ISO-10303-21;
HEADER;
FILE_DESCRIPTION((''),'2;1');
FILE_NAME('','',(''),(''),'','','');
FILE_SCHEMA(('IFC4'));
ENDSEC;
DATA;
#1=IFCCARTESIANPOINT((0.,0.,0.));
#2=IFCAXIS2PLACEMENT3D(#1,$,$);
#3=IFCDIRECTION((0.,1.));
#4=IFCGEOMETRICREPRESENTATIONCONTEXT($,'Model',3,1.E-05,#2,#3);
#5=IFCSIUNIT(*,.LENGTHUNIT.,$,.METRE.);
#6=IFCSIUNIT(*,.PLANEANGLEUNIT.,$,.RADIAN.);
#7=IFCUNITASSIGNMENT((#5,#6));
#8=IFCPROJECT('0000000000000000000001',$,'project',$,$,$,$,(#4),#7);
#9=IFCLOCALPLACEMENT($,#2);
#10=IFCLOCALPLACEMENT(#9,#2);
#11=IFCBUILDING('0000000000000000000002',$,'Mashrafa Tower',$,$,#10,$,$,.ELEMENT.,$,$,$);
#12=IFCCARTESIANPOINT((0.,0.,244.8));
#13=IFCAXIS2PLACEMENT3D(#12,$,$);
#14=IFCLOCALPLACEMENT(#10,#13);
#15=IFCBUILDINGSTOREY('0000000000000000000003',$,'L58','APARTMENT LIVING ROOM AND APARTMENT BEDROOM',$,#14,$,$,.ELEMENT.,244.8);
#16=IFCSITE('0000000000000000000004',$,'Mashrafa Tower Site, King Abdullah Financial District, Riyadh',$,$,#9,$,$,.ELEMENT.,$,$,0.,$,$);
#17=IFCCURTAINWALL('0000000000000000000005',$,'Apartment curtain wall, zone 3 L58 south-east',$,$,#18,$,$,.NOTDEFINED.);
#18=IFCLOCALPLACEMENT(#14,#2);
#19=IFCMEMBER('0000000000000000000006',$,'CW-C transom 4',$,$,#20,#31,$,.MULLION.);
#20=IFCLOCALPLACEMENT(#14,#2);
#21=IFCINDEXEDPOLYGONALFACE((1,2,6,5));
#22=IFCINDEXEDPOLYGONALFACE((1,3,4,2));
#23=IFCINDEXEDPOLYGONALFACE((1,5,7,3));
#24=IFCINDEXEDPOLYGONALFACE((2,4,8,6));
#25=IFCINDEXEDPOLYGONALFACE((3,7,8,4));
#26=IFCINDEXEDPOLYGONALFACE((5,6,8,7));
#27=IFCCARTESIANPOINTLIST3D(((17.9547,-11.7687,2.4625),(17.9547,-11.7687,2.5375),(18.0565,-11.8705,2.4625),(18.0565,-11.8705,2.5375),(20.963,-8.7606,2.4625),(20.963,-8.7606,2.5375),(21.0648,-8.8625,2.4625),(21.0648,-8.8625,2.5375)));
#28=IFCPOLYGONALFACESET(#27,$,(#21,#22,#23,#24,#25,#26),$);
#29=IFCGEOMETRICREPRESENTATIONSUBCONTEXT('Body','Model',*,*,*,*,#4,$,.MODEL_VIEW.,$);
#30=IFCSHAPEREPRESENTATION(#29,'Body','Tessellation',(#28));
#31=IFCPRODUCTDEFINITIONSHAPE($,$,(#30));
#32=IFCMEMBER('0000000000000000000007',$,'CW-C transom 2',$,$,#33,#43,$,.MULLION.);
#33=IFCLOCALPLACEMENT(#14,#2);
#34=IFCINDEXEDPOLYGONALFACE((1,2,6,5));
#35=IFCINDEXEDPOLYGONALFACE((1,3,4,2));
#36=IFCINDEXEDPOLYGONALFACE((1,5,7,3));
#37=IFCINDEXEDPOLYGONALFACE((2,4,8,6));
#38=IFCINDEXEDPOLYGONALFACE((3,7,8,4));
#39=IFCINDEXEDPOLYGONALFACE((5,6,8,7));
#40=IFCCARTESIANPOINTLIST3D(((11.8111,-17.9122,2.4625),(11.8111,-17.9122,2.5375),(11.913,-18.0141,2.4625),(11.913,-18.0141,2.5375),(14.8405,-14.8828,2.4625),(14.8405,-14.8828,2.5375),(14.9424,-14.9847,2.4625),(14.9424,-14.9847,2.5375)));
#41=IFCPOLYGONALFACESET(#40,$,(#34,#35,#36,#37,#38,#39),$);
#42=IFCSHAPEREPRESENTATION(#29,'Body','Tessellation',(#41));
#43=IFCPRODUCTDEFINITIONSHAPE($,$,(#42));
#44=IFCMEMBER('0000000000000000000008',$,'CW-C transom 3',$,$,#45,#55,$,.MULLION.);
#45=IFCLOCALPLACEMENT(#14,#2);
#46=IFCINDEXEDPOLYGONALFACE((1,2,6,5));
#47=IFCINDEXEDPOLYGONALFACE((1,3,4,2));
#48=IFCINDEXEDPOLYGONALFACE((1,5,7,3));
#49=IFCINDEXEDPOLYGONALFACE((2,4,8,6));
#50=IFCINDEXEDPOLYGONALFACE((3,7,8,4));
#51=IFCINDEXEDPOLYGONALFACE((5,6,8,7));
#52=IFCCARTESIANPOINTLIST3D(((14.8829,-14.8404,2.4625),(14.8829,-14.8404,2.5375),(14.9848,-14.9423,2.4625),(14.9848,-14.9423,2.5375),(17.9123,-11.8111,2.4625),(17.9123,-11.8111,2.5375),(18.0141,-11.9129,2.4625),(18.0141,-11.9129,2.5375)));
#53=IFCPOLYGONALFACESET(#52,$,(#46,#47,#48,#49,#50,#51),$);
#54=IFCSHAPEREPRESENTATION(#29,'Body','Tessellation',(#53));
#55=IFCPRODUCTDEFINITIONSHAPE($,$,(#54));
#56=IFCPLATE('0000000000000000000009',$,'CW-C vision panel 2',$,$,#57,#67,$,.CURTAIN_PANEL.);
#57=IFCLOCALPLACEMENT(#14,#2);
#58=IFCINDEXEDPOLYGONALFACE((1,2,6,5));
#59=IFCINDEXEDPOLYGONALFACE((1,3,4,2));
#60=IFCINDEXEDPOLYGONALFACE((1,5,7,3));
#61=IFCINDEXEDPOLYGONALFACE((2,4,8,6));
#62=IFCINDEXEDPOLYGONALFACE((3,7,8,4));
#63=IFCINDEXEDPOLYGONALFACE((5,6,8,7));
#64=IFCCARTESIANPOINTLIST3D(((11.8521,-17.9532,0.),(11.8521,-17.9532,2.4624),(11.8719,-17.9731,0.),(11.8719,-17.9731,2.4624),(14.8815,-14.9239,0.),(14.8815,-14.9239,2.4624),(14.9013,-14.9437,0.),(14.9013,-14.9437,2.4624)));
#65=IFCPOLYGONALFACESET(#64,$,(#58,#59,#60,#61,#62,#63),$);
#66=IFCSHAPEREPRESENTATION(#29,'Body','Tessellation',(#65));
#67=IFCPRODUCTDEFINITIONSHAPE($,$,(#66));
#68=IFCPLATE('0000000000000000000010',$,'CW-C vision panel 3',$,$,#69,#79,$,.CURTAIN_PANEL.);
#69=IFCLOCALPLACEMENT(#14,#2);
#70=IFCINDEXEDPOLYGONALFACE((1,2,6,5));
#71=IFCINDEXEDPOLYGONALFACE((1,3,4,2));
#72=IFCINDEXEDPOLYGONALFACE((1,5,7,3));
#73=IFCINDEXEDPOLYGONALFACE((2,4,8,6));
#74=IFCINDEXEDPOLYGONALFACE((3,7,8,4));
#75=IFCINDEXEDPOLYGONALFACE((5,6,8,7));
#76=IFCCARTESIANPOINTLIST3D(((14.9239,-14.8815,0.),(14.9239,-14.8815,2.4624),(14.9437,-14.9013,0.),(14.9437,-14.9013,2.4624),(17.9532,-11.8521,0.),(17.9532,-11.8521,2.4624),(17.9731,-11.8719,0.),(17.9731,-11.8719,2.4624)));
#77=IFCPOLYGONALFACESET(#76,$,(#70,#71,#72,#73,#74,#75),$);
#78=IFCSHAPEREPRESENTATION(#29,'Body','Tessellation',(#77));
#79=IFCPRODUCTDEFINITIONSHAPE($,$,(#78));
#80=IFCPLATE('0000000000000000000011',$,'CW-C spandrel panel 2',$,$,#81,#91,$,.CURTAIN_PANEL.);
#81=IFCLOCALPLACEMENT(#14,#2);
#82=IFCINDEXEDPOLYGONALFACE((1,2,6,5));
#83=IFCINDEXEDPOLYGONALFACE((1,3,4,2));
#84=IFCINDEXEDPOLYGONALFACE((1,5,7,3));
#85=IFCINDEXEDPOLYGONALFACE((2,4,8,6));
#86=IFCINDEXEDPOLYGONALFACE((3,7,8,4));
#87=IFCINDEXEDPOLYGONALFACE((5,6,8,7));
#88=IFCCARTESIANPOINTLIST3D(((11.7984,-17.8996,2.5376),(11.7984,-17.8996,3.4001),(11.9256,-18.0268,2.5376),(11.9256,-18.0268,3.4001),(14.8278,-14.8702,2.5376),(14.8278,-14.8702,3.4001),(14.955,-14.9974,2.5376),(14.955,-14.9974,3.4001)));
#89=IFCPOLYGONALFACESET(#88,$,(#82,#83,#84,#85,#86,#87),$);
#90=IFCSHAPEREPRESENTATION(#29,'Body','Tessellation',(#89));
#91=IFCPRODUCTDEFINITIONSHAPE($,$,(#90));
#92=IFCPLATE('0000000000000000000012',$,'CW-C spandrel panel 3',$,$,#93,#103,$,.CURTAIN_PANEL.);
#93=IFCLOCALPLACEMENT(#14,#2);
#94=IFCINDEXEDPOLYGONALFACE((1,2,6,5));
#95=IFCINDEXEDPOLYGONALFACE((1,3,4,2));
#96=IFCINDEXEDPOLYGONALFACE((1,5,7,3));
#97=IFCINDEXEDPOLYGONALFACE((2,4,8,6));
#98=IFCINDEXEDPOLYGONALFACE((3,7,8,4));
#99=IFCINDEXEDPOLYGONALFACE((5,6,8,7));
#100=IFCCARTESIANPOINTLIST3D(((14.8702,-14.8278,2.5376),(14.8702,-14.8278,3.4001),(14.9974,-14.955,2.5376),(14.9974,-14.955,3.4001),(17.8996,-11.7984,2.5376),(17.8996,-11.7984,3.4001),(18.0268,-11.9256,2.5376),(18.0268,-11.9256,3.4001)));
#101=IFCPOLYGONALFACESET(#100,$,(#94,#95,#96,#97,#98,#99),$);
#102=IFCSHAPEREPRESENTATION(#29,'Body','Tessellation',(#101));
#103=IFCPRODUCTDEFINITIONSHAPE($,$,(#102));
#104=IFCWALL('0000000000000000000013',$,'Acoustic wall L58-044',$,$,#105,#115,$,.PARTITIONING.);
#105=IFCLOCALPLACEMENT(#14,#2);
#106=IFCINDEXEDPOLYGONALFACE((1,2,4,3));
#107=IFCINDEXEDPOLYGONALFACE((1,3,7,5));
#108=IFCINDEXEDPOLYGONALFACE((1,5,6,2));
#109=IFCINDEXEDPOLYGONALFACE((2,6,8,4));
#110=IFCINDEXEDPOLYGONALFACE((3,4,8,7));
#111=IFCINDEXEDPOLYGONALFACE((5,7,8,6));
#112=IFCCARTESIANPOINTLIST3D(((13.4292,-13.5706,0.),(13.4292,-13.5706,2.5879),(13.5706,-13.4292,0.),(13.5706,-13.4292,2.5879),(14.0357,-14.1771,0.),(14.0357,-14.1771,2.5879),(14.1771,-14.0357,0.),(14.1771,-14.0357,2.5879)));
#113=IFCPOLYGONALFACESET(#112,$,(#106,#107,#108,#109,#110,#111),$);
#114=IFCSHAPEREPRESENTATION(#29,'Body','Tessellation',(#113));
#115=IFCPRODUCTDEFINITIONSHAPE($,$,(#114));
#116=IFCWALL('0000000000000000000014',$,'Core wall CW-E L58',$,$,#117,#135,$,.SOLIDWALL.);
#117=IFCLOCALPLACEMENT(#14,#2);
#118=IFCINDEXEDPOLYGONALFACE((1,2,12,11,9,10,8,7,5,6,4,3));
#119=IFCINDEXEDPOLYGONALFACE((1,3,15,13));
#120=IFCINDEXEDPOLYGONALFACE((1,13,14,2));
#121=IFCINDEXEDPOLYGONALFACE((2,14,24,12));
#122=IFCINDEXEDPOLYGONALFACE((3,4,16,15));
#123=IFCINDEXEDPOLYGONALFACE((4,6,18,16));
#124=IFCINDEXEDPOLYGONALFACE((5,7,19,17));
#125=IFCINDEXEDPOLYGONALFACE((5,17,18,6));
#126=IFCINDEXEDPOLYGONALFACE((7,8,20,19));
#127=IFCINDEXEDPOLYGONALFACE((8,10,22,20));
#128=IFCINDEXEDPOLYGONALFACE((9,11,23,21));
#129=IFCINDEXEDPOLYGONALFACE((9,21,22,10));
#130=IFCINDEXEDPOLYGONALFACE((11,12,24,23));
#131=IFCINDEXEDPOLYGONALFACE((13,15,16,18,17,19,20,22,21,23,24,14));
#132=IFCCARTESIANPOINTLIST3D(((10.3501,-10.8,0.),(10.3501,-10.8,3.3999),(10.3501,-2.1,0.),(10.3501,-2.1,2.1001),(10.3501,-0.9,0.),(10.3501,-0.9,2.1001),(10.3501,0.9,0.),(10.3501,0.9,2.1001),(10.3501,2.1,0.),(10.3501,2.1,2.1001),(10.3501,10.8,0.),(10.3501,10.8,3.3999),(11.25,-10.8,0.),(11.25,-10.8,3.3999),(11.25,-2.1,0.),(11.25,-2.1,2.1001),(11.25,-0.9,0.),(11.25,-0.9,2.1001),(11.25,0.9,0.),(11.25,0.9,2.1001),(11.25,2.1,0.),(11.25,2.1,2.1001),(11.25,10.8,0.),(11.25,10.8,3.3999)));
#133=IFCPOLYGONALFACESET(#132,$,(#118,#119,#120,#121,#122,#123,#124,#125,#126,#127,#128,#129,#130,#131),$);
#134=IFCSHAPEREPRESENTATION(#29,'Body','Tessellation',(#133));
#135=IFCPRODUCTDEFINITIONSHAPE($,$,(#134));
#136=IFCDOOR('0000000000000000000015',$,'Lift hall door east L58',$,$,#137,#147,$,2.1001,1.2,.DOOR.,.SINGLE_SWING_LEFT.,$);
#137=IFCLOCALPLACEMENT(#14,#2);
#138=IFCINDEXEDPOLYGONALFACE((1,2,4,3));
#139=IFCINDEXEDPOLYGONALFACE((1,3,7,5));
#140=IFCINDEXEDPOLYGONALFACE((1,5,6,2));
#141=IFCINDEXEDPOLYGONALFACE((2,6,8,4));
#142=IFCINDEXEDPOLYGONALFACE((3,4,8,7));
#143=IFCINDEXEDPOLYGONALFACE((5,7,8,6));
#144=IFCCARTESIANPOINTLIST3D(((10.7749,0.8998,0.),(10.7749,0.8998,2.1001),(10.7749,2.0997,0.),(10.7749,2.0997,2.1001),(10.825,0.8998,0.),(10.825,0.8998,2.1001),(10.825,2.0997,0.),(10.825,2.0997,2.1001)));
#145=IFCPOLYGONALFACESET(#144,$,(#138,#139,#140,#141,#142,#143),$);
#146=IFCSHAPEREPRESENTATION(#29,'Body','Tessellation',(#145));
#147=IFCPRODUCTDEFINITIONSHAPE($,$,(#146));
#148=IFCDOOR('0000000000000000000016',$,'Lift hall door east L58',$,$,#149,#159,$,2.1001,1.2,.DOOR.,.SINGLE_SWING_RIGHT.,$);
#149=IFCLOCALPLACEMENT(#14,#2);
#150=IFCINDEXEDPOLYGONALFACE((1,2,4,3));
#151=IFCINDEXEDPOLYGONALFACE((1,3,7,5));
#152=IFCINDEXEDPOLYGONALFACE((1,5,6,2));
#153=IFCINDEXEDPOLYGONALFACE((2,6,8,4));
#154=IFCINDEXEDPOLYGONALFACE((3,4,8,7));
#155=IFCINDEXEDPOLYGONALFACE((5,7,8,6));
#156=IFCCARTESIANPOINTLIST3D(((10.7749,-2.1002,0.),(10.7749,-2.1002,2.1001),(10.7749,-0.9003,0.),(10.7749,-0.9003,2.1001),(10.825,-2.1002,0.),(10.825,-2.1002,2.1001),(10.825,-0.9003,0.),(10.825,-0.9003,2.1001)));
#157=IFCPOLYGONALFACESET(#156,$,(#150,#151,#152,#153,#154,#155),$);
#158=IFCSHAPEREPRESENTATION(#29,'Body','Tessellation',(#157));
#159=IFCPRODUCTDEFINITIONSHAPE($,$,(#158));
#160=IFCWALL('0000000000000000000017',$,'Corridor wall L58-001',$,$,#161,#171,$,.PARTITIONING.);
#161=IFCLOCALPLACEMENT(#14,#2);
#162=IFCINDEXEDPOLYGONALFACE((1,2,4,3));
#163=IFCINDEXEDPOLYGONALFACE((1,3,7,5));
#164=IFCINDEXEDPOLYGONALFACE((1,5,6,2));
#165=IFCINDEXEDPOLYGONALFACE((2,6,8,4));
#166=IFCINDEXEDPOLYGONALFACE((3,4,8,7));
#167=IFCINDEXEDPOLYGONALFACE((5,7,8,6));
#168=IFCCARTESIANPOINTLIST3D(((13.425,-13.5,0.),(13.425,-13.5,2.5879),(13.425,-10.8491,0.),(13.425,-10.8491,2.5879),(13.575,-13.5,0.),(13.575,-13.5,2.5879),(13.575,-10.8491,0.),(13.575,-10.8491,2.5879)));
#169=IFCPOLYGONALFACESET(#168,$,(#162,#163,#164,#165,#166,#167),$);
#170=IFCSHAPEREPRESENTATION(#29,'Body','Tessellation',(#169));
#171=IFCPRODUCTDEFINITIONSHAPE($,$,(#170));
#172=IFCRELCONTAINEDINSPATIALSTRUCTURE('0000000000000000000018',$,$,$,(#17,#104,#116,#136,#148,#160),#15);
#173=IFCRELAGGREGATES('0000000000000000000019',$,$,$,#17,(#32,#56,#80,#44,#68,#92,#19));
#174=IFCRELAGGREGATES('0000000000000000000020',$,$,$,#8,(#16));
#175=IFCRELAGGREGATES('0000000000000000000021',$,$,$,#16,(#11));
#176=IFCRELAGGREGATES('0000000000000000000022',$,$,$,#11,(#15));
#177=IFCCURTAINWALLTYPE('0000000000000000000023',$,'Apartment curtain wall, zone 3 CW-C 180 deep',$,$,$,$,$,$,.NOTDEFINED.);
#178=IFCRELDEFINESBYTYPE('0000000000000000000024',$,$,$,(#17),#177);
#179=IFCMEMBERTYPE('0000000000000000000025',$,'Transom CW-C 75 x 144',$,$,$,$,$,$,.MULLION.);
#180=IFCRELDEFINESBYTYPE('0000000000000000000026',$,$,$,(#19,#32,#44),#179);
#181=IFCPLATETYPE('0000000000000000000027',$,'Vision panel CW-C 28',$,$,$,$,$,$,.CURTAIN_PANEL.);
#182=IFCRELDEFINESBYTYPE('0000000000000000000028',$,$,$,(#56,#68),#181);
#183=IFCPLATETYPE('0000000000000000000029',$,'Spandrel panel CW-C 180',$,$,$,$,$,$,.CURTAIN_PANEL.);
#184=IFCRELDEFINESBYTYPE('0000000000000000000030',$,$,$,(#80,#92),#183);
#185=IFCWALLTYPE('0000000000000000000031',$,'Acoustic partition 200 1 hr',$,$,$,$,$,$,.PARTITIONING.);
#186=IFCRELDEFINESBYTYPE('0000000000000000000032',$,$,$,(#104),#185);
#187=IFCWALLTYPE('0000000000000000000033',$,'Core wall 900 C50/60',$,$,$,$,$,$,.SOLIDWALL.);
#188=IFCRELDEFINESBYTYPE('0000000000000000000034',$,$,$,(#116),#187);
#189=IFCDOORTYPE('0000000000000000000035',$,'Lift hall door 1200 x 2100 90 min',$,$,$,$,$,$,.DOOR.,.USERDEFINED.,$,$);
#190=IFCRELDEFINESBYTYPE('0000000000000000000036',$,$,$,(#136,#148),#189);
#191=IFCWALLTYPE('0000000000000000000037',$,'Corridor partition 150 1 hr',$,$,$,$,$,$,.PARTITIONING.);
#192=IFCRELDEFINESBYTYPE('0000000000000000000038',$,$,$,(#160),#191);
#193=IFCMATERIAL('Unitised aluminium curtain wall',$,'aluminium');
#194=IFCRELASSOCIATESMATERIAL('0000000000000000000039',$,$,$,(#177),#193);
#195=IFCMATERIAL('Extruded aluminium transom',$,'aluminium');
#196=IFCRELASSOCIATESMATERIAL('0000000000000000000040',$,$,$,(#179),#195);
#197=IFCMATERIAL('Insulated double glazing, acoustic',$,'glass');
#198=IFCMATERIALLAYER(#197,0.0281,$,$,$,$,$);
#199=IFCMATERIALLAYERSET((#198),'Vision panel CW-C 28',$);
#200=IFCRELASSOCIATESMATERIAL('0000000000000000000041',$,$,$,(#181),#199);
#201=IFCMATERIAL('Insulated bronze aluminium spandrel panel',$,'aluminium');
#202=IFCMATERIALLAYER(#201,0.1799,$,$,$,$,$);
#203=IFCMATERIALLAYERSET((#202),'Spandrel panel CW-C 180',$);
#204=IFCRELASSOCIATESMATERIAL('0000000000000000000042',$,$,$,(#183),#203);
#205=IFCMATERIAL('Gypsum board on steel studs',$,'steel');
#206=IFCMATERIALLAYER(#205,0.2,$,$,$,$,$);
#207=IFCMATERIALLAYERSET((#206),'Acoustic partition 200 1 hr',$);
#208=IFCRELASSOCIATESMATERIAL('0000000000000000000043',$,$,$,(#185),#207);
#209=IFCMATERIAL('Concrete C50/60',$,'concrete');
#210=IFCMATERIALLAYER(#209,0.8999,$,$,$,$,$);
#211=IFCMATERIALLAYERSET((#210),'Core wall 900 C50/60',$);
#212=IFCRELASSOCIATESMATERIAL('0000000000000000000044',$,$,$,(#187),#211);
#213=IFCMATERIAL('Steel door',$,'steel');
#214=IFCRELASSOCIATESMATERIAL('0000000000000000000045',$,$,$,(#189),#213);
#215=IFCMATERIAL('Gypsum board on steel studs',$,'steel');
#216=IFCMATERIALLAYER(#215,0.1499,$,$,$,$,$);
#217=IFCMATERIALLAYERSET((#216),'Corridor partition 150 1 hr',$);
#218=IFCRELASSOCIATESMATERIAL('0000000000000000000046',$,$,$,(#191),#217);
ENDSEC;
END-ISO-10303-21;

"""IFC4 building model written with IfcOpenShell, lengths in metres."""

from ifc_helpers import new_model, si_unit, direction, frame, frame_2d, origin, origin_2d, place, context, subcontext, project, spatial, rectangle, extrude, source, transform, mapped, material, layer, layer_set, material_profile, profile_set, type_object, type_shapes, element, fill, aggregate, save


model = new_model("IFC4")

# Units and contexts
model_context = context("Model", 3, precision=1e-05, world=origin(), true_north=direction((0.0, 1.0)))
body_context = subcontext(model_context, "Body", "Model", "MODEL_VIEW")
ifc_project = project(units=[si_unit("LENGTHUNIT", "METRE"), si_unit("PLANEANGLEUNIT", "RADIAN")], contexts=[model_context])

# Site, building, storey
site_placement = place(None, origin())
site = spatial("IfcSite", under=ifc_project, at=site_placement, Name="Mashrafa Tower Site, King Abdullah Financial District, Riyadh", CompositionType="ELEMENT", RefElevation=0.0)
building_placement = place(site_placement, origin())
building = spatial("IfcBuilding", under=site, at=building_placement, Name="Mashrafa Tower", CompositionType="ELEMENT")
storey_placement = place(building_placement, frame((0.0, 0.0, 244.8)))
storey = spatial("IfcBuildingStorey", under=building, at=storey_placement, Name="L58", Description="APARTMENT LIVING ROOM AND APARTMENT BEDROOM", CompositionType="ELEMENT", Elevation=244.8)

# Curtain wall, members, plates
ifc_material_1 = material(Name="Unitised aluminium curtain wall", Category="aluminium")
curtain_wall_type = type_object("IfcCurtainWallType", Name="Apartment curtain wall, zone 3 CW-C 180 deep", PredefinedType="NOTDEFINED", material=ifc_material_1)
curtain_wall_placement = place(storey_placement, origin())
curtain_wall = element("IfcCurtainWall", 1, at=curtain_wall_placement, inside=storey, type_object=curtain_wall_type, Name="Apartment curtain wall, zone 3 L58 south-east", PredefinedType="NOTDEFINED")
ifc_material_2 = material(Name="Extruded aluminium transom", Category="aluminium")
ifc_material_profile_1 = material_profile(ifc_material_2, rectangle(XDim=0.144, YDim=0.075, at=origin_2d()), Name="Transom 75x144")
ifc_profile_set_1 = profile_set([ifc_material_profile_1], Name="Extruded aluminium transom")
member_type_1 = type_object("IfcMemberType", Name="Transom CW-C 75 x 144", PredefinedType="MULLION", material=ifc_profile_set_1)
shared_shape_1 = source(origin(), body_context, "Body", "SweptSolid", [
    extrude(rectangle(XDim=0.144, YDim=0.075, at=origin_2d()), origin(), (0.0, 0.0, 1.0), 4.2542),
])
member_1_placement = place(storey_placement, frame((18.0056, -11.8196, 2.5), z_axis=(0.707135, 0.707078, 0.0), x_axis=(-0.707078, 0.707135, 0.0)))
member_1 = element("IfcMember", 2, at=member_1_placement, type_object=member_type_1, Name="CW-C transom 4", PredefinedType="MULLION", context=body_context, shape_type="MappedRepresentation", body=[
    mapped(shared_shape_1, transform((0.0, 0.0, 0.0))),
])
shared_shape_2 = source(origin(), body_context, "Body", "SweptSolid", [
    extrude(rectangle(XDim=0.144, YDim=0.075, at=origin_2d()), origin(), (0.0, 0.0, 1.0), 4.2842),
])
type_shapes(member_type_1, [shared_shape_1, shared_shape_2])
member_2_placement = place(storey_placement, frame((11.8621, -17.9631, 2.5), z_axis=(0.707107, 0.707107, 0.0), x_axis=(-0.707107, 0.707107, 0.0)))
member_2 = element("IfcMember", 3, at=member_2_placement, type_object=member_type_1, Name="CW-C transom 2", PredefinedType="MULLION", context=body_context, shape_type="MappedRepresentation", body=[
    mapped(shared_shape_2, transform((0.0, 0.0, 0.0))),
])
member_3_placement = place(storey_placement, frame((14.9338, -14.8914, 2.5), z_axis=(0.707107, 0.707107, 0.0), x_axis=(-0.707107, 0.707107, 0.0)))
member_3 = element("IfcMember", 4, at=member_3_placement, type_object=member_type_1, Name="CW-C transom 3", PredefinedType="MULLION", context=body_context, shape_type="MappedRepresentation", body=[
    mapped(shared_shape_2, transform((0.0, 0.0, 0.0))),
])
ifc_material_3 = material(Name="Insulated double glazing, acoustic", Category="glass")
ifc_layer_1 = layer(ifc_material_3, 0.0281)
ifc_layer_set_1 = layer_set([ifc_layer_1], Name="Vision panel CW-C 28")
plate_type_1 = type_object("IfcPlateType", Name="Vision panel CW-C 28", PredefinedType="CURTAIN_PANEL", material=ifc_layer_set_1)
shared_shape_3 = source(origin(), body_context, "Body", "SweptSolid", [
    extrude(rectangle(XDim=4.2842, YDim=0.0281, at=origin_2d()), origin(), (0.0, 0.0, 1.0), 2.4624),
])
type_shapes(plate_type_1, [shared_shape_3])
plate_1_placement = place(storey_placement, frame((13.3767, -16.4485, 0.0), z_axis=(0.0, 0.0, 1.0), x_axis=(0.707107, 0.707107, 0.0)))
plate_1 = element("IfcPlate", 5, at=plate_1_placement, type_object=plate_type_1, Name="CW-C vision panel 2", PredefinedType="CURTAIN_PANEL", context=body_context, shape_type="MappedRepresentation", body=[
    mapped(shared_shape_3, transform((0.0, 0.0, 0.0))),
])
plate_2_placement = place(storey_placement, frame((16.4485, -13.3767, 0.0), z_axis=(0.0, 0.0, 1.0), x_axis=(0.707107, 0.707107, 0.0)))
plate_2 = element("IfcPlate", 6, at=plate_2_placement, type_object=plate_type_1, Name="CW-C vision panel 3", PredefinedType="CURTAIN_PANEL", context=body_context, shape_type="MappedRepresentation", body=[
    mapped(shared_shape_3, transform((0.0, 0.0, 0.0))),
])
ifc_material_4 = material(Name="Insulated bronze aluminium spandrel panel", Category="aluminium")
ifc_layer_2 = layer(ifc_material_4, 0.1799)
ifc_layer_set_2 = layer_set([ifc_layer_2], Name="Spandrel panel CW-C 180")
plate_type_2 = type_object("IfcPlateType", Name="Spandrel panel CW-C 180", PredefinedType="CURTAIN_PANEL", material=ifc_layer_set_2)
shared_shape_4 = source(origin(), body_context, "Body", "SweptSolid", [
    extrude(rectangle(XDim=4.2842, YDim=0.1799, at=origin_2d()), origin(), (0.0, 0.0, 1.0), 0.8625),
])
type_shapes(plate_type_2, [shared_shape_4])
plate_3_placement = place(storey_placement, frame((13.3767, -16.4485, 2.5376), z_axis=(0.0, 0.0, 1.0), x_axis=(0.707107, 0.707107, 0.0)))
plate_3 = element("IfcPlate", 7, at=plate_3_placement, type_object=plate_type_2, Name="CW-C spandrel panel 2", PredefinedType="CURTAIN_PANEL", context=body_context, shape_type="MappedRepresentation", body=[
    mapped(shared_shape_4, transform((0.0, 0.0, 0.0))),
])
plate_4_placement = place(storey_placement, frame((16.4485, -13.3767, 2.5376), z_axis=(0.0, 0.0, 1.0), x_axis=(0.707107, 0.707107, 0.0)))
plate_4 = element("IfcPlate", 8, at=plate_4_placement, type_object=plate_type_2, Name="CW-C spandrel panel 3", PredefinedType="CURTAIN_PANEL", context=body_context, shape_type="MappedRepresentation", body=[
    mapped(shared_shape_4, transform((0.0, 0.0, 0.0))),
])
aggregate(curtain_wall, [member_2, plate_1, plate_3, member_3, plate_2, plate_4, member_1])

# Wall
ifc_material_5 = material(Name="Gypsum board on steel studs", Category="steel")
ifc_layer_3 = layer(ifc_material_5, 0.2)
ifc_layer_set_3 = layer_set([ifc_layer_3], Name="Acoustic partition 200 1 hr")
wall_type_1 = type_object("IfcWallType", Name="Acoustic partition 200 1 hr", PredefinedType="PARTITIONING", material=ifc_layer_set_3)
wall_1_placement = place(storey_placement, frame((13.5, -13.5, 0.0), z_axis=(0.0, 0.0, 1.0), x_axis=(0.707107, -0.707107, 0.0)))
element("IfcWall", 9, at=wall_1_placement, inside=storey, type_object=wall_type_1, Name="Acoustic wall L58-044", PredefinedType="PARTITIONING", context=body_context, shape_type="SweptSolid", body=[
    extrude(rectangle(XDim=0.8577, YDim=0.2, at=frame_2d((0.4287, 0.0))), origin(), (0.0, 0.0, 1.0), 2.5879),
])

# Wall, openings, doors
ifc_material_6 = material(Name="Concrete C50/60", Category="concrete")
ifc_layer_4 = layer(ifc_material_6, 0.8999)
ifc_layer_set_4 = layer_set([ifc_layer_4], Name="Core wall 900 C50/60")
wall_type_2 = type_object("IfcWallType", Name="Core wall 900 C50/60", PredefinedType="SOLIDWALL", material=ifc_layer_set_4)
wall_2_placement = place(storey_placement, frame((10.8, -10.8, 0.0), z_axis=(0.0, 0.0, 1.0), x_axis=(0.0, 1.0, 0.0)))
wall_2 = element("IfcWall", 10, at=wall_2_placement, inside=storey, type_object=wall_type_2, Name="Core wall CW-E L58", PredefinedType="SOLIDWALL", context=body_context, shape_type="SweptSolid", body=[
    extrude(rectangle(XDim=21.6001, YDim=0.8999, at=frame_2d((10.8, 0.0))), origin(), (0.0, 0.0, 1.0), 3.3999),
])
opening_1_placement = place(wall_2_placement, frame((11.7, 0.0, 0.0)))
opening_1 = element("IfcOpeningElement", 11, at=opening_1_placement, cuts=wall_2, PredefinedType="OPENING", context=body_context, shape_type="SweptSolid", body=[
    extrude(rectangle(XDim=1.2, YDim=2.1001, at=frame_2d((0.6001, 1.05))), frame((0.0, 0.46, 0.0), z_axis=(0.0, -1.0, 0.0), x_axis=(1.0, 0.0, 0.0)), (0.0, 0.0, 1.0), 0.9199),
])
opening_2_placement = place(wall_2_placement, frame((8.7, 0.0, 0.0)))
opening_2 = element("IfcOpeningElement", 12, at=opening_2_placement, cuts=wall_2, PredefinedType="OPENING", context=body_context, shape_type="SweptSolid", body=[
    extrude(rectangle(XDim=1.2, YDim=2.1001, at=frame_2d((0.6001, 1.05))), frame((0.0, 0.46, 0.0), z_axis=(0.0, -1.0, 0.0), x_axis=(1.0, 0.0, 0.0)), (0.0, 0.0, 1.0), 0.9199),
])
ifc_material_7 = material(Name="Steel door", Category="steel")
door_type_1 = type_object("IfcDoorType", Name="Lift hall door 1200 x 2100 90 min", OperationType="USERDEFINED", PredefinedType="DOOR", material=ifc_material_7)
door_1_placement = place(opening_1_placement, frame((1.2, 0.0, 0.0), z_axis=(0.0, 0.0, 1.0), x_axis=(-1.0, 0.0, 0.0)))
door_1 = element("IfcDoor", 13, at=door_1_placement, inside=storey, type_object=door_type_1, Name="Lift hall door east L58", OperationType="SINGLE_SWING_LEFT", OverallHeight=2.1001, OverallWidth=1.2, PredefinedType="DOOR", context=body_context, shape_type="SweptSolid", body=[
    extrude(rectangle(XDim=1.2, YDim=2.1001, at=frame_2d((0.6001, 1.05))), frame((0.0, 0.0249, 0.0), z_axis=(0.0, -1.0, 0.0), x_axis=(1.0, 0.0, 0.0)), (0.0, 0.0, 1.0), 0.05),
])
fill(opening_1, door_1)
door_2_placement = place(opening_2_placement, frame((1.2, 0.0, 0.0), z_axis=(0.0, 0.0, 1.0), x_axis=(-1.0, 0.0, 0.0)))
door_2 = element("IfcDoor", 14, at=door_2_placement, inside=storey, type_object=door_type_1, Name="Lift hall door east L58", OperationType="SINGLE_SWING_RIGHT", OverallHeight=2.1001, OverallWidth=1.2, PredefinedType="DOOR", context=body_context, shape_type="SweptSolid", body=[
    extrude(rectangle(XDim=1.2, YDim=2.1001, at=frame_2d((0.6001, 1.05))), frame((0.0, 0.0249, 0.0), z_axis=(0.0, -1.0, 0.0), x_axis=(1.0, 0.0, 0.0)), (0.0, 0.0, 1.0), 0.05),
])
fill(opening_2, door_2)

# Wall
ifc_material_8 = material(Name="Gypsum board on steel studs", Category="steel")
ifc_layer_5 = layer(ifc_material_8, 0.1499)
ifc_layer_set_5 = layer_set([ifc_layer_5], Name="Corridor partition 150 1 hr")
wall_type_3 = type_object("IfcWallType", Name="Corridor partition 150 1 hr", PredefinedType="PARTITIONING", material=ifc_layer_set_5)
wall_3_placement = place(storey_placement, frame((13.5, -13.5, 0.0), z_axis=(0.0, 0.0, 1.0), x_axis=(0.0, 1.0, 0.0)))
element("IfcWall", 15, at=wall_3_placement, inside=storey, type_object=wall_type_3, Name="Corridor wall L58-001", PredefinedType="PARTITIONING", context=body_context, shape_type="SweptSolid", body=[
    extrude(rectangle(XDim=2.6509, YDim=0.1499, at=frame_2d((1.3254, 0.0))), origin(), (0.0, 0.0, 1.0), 2.5879),
])

save(model, "model.ifc")
